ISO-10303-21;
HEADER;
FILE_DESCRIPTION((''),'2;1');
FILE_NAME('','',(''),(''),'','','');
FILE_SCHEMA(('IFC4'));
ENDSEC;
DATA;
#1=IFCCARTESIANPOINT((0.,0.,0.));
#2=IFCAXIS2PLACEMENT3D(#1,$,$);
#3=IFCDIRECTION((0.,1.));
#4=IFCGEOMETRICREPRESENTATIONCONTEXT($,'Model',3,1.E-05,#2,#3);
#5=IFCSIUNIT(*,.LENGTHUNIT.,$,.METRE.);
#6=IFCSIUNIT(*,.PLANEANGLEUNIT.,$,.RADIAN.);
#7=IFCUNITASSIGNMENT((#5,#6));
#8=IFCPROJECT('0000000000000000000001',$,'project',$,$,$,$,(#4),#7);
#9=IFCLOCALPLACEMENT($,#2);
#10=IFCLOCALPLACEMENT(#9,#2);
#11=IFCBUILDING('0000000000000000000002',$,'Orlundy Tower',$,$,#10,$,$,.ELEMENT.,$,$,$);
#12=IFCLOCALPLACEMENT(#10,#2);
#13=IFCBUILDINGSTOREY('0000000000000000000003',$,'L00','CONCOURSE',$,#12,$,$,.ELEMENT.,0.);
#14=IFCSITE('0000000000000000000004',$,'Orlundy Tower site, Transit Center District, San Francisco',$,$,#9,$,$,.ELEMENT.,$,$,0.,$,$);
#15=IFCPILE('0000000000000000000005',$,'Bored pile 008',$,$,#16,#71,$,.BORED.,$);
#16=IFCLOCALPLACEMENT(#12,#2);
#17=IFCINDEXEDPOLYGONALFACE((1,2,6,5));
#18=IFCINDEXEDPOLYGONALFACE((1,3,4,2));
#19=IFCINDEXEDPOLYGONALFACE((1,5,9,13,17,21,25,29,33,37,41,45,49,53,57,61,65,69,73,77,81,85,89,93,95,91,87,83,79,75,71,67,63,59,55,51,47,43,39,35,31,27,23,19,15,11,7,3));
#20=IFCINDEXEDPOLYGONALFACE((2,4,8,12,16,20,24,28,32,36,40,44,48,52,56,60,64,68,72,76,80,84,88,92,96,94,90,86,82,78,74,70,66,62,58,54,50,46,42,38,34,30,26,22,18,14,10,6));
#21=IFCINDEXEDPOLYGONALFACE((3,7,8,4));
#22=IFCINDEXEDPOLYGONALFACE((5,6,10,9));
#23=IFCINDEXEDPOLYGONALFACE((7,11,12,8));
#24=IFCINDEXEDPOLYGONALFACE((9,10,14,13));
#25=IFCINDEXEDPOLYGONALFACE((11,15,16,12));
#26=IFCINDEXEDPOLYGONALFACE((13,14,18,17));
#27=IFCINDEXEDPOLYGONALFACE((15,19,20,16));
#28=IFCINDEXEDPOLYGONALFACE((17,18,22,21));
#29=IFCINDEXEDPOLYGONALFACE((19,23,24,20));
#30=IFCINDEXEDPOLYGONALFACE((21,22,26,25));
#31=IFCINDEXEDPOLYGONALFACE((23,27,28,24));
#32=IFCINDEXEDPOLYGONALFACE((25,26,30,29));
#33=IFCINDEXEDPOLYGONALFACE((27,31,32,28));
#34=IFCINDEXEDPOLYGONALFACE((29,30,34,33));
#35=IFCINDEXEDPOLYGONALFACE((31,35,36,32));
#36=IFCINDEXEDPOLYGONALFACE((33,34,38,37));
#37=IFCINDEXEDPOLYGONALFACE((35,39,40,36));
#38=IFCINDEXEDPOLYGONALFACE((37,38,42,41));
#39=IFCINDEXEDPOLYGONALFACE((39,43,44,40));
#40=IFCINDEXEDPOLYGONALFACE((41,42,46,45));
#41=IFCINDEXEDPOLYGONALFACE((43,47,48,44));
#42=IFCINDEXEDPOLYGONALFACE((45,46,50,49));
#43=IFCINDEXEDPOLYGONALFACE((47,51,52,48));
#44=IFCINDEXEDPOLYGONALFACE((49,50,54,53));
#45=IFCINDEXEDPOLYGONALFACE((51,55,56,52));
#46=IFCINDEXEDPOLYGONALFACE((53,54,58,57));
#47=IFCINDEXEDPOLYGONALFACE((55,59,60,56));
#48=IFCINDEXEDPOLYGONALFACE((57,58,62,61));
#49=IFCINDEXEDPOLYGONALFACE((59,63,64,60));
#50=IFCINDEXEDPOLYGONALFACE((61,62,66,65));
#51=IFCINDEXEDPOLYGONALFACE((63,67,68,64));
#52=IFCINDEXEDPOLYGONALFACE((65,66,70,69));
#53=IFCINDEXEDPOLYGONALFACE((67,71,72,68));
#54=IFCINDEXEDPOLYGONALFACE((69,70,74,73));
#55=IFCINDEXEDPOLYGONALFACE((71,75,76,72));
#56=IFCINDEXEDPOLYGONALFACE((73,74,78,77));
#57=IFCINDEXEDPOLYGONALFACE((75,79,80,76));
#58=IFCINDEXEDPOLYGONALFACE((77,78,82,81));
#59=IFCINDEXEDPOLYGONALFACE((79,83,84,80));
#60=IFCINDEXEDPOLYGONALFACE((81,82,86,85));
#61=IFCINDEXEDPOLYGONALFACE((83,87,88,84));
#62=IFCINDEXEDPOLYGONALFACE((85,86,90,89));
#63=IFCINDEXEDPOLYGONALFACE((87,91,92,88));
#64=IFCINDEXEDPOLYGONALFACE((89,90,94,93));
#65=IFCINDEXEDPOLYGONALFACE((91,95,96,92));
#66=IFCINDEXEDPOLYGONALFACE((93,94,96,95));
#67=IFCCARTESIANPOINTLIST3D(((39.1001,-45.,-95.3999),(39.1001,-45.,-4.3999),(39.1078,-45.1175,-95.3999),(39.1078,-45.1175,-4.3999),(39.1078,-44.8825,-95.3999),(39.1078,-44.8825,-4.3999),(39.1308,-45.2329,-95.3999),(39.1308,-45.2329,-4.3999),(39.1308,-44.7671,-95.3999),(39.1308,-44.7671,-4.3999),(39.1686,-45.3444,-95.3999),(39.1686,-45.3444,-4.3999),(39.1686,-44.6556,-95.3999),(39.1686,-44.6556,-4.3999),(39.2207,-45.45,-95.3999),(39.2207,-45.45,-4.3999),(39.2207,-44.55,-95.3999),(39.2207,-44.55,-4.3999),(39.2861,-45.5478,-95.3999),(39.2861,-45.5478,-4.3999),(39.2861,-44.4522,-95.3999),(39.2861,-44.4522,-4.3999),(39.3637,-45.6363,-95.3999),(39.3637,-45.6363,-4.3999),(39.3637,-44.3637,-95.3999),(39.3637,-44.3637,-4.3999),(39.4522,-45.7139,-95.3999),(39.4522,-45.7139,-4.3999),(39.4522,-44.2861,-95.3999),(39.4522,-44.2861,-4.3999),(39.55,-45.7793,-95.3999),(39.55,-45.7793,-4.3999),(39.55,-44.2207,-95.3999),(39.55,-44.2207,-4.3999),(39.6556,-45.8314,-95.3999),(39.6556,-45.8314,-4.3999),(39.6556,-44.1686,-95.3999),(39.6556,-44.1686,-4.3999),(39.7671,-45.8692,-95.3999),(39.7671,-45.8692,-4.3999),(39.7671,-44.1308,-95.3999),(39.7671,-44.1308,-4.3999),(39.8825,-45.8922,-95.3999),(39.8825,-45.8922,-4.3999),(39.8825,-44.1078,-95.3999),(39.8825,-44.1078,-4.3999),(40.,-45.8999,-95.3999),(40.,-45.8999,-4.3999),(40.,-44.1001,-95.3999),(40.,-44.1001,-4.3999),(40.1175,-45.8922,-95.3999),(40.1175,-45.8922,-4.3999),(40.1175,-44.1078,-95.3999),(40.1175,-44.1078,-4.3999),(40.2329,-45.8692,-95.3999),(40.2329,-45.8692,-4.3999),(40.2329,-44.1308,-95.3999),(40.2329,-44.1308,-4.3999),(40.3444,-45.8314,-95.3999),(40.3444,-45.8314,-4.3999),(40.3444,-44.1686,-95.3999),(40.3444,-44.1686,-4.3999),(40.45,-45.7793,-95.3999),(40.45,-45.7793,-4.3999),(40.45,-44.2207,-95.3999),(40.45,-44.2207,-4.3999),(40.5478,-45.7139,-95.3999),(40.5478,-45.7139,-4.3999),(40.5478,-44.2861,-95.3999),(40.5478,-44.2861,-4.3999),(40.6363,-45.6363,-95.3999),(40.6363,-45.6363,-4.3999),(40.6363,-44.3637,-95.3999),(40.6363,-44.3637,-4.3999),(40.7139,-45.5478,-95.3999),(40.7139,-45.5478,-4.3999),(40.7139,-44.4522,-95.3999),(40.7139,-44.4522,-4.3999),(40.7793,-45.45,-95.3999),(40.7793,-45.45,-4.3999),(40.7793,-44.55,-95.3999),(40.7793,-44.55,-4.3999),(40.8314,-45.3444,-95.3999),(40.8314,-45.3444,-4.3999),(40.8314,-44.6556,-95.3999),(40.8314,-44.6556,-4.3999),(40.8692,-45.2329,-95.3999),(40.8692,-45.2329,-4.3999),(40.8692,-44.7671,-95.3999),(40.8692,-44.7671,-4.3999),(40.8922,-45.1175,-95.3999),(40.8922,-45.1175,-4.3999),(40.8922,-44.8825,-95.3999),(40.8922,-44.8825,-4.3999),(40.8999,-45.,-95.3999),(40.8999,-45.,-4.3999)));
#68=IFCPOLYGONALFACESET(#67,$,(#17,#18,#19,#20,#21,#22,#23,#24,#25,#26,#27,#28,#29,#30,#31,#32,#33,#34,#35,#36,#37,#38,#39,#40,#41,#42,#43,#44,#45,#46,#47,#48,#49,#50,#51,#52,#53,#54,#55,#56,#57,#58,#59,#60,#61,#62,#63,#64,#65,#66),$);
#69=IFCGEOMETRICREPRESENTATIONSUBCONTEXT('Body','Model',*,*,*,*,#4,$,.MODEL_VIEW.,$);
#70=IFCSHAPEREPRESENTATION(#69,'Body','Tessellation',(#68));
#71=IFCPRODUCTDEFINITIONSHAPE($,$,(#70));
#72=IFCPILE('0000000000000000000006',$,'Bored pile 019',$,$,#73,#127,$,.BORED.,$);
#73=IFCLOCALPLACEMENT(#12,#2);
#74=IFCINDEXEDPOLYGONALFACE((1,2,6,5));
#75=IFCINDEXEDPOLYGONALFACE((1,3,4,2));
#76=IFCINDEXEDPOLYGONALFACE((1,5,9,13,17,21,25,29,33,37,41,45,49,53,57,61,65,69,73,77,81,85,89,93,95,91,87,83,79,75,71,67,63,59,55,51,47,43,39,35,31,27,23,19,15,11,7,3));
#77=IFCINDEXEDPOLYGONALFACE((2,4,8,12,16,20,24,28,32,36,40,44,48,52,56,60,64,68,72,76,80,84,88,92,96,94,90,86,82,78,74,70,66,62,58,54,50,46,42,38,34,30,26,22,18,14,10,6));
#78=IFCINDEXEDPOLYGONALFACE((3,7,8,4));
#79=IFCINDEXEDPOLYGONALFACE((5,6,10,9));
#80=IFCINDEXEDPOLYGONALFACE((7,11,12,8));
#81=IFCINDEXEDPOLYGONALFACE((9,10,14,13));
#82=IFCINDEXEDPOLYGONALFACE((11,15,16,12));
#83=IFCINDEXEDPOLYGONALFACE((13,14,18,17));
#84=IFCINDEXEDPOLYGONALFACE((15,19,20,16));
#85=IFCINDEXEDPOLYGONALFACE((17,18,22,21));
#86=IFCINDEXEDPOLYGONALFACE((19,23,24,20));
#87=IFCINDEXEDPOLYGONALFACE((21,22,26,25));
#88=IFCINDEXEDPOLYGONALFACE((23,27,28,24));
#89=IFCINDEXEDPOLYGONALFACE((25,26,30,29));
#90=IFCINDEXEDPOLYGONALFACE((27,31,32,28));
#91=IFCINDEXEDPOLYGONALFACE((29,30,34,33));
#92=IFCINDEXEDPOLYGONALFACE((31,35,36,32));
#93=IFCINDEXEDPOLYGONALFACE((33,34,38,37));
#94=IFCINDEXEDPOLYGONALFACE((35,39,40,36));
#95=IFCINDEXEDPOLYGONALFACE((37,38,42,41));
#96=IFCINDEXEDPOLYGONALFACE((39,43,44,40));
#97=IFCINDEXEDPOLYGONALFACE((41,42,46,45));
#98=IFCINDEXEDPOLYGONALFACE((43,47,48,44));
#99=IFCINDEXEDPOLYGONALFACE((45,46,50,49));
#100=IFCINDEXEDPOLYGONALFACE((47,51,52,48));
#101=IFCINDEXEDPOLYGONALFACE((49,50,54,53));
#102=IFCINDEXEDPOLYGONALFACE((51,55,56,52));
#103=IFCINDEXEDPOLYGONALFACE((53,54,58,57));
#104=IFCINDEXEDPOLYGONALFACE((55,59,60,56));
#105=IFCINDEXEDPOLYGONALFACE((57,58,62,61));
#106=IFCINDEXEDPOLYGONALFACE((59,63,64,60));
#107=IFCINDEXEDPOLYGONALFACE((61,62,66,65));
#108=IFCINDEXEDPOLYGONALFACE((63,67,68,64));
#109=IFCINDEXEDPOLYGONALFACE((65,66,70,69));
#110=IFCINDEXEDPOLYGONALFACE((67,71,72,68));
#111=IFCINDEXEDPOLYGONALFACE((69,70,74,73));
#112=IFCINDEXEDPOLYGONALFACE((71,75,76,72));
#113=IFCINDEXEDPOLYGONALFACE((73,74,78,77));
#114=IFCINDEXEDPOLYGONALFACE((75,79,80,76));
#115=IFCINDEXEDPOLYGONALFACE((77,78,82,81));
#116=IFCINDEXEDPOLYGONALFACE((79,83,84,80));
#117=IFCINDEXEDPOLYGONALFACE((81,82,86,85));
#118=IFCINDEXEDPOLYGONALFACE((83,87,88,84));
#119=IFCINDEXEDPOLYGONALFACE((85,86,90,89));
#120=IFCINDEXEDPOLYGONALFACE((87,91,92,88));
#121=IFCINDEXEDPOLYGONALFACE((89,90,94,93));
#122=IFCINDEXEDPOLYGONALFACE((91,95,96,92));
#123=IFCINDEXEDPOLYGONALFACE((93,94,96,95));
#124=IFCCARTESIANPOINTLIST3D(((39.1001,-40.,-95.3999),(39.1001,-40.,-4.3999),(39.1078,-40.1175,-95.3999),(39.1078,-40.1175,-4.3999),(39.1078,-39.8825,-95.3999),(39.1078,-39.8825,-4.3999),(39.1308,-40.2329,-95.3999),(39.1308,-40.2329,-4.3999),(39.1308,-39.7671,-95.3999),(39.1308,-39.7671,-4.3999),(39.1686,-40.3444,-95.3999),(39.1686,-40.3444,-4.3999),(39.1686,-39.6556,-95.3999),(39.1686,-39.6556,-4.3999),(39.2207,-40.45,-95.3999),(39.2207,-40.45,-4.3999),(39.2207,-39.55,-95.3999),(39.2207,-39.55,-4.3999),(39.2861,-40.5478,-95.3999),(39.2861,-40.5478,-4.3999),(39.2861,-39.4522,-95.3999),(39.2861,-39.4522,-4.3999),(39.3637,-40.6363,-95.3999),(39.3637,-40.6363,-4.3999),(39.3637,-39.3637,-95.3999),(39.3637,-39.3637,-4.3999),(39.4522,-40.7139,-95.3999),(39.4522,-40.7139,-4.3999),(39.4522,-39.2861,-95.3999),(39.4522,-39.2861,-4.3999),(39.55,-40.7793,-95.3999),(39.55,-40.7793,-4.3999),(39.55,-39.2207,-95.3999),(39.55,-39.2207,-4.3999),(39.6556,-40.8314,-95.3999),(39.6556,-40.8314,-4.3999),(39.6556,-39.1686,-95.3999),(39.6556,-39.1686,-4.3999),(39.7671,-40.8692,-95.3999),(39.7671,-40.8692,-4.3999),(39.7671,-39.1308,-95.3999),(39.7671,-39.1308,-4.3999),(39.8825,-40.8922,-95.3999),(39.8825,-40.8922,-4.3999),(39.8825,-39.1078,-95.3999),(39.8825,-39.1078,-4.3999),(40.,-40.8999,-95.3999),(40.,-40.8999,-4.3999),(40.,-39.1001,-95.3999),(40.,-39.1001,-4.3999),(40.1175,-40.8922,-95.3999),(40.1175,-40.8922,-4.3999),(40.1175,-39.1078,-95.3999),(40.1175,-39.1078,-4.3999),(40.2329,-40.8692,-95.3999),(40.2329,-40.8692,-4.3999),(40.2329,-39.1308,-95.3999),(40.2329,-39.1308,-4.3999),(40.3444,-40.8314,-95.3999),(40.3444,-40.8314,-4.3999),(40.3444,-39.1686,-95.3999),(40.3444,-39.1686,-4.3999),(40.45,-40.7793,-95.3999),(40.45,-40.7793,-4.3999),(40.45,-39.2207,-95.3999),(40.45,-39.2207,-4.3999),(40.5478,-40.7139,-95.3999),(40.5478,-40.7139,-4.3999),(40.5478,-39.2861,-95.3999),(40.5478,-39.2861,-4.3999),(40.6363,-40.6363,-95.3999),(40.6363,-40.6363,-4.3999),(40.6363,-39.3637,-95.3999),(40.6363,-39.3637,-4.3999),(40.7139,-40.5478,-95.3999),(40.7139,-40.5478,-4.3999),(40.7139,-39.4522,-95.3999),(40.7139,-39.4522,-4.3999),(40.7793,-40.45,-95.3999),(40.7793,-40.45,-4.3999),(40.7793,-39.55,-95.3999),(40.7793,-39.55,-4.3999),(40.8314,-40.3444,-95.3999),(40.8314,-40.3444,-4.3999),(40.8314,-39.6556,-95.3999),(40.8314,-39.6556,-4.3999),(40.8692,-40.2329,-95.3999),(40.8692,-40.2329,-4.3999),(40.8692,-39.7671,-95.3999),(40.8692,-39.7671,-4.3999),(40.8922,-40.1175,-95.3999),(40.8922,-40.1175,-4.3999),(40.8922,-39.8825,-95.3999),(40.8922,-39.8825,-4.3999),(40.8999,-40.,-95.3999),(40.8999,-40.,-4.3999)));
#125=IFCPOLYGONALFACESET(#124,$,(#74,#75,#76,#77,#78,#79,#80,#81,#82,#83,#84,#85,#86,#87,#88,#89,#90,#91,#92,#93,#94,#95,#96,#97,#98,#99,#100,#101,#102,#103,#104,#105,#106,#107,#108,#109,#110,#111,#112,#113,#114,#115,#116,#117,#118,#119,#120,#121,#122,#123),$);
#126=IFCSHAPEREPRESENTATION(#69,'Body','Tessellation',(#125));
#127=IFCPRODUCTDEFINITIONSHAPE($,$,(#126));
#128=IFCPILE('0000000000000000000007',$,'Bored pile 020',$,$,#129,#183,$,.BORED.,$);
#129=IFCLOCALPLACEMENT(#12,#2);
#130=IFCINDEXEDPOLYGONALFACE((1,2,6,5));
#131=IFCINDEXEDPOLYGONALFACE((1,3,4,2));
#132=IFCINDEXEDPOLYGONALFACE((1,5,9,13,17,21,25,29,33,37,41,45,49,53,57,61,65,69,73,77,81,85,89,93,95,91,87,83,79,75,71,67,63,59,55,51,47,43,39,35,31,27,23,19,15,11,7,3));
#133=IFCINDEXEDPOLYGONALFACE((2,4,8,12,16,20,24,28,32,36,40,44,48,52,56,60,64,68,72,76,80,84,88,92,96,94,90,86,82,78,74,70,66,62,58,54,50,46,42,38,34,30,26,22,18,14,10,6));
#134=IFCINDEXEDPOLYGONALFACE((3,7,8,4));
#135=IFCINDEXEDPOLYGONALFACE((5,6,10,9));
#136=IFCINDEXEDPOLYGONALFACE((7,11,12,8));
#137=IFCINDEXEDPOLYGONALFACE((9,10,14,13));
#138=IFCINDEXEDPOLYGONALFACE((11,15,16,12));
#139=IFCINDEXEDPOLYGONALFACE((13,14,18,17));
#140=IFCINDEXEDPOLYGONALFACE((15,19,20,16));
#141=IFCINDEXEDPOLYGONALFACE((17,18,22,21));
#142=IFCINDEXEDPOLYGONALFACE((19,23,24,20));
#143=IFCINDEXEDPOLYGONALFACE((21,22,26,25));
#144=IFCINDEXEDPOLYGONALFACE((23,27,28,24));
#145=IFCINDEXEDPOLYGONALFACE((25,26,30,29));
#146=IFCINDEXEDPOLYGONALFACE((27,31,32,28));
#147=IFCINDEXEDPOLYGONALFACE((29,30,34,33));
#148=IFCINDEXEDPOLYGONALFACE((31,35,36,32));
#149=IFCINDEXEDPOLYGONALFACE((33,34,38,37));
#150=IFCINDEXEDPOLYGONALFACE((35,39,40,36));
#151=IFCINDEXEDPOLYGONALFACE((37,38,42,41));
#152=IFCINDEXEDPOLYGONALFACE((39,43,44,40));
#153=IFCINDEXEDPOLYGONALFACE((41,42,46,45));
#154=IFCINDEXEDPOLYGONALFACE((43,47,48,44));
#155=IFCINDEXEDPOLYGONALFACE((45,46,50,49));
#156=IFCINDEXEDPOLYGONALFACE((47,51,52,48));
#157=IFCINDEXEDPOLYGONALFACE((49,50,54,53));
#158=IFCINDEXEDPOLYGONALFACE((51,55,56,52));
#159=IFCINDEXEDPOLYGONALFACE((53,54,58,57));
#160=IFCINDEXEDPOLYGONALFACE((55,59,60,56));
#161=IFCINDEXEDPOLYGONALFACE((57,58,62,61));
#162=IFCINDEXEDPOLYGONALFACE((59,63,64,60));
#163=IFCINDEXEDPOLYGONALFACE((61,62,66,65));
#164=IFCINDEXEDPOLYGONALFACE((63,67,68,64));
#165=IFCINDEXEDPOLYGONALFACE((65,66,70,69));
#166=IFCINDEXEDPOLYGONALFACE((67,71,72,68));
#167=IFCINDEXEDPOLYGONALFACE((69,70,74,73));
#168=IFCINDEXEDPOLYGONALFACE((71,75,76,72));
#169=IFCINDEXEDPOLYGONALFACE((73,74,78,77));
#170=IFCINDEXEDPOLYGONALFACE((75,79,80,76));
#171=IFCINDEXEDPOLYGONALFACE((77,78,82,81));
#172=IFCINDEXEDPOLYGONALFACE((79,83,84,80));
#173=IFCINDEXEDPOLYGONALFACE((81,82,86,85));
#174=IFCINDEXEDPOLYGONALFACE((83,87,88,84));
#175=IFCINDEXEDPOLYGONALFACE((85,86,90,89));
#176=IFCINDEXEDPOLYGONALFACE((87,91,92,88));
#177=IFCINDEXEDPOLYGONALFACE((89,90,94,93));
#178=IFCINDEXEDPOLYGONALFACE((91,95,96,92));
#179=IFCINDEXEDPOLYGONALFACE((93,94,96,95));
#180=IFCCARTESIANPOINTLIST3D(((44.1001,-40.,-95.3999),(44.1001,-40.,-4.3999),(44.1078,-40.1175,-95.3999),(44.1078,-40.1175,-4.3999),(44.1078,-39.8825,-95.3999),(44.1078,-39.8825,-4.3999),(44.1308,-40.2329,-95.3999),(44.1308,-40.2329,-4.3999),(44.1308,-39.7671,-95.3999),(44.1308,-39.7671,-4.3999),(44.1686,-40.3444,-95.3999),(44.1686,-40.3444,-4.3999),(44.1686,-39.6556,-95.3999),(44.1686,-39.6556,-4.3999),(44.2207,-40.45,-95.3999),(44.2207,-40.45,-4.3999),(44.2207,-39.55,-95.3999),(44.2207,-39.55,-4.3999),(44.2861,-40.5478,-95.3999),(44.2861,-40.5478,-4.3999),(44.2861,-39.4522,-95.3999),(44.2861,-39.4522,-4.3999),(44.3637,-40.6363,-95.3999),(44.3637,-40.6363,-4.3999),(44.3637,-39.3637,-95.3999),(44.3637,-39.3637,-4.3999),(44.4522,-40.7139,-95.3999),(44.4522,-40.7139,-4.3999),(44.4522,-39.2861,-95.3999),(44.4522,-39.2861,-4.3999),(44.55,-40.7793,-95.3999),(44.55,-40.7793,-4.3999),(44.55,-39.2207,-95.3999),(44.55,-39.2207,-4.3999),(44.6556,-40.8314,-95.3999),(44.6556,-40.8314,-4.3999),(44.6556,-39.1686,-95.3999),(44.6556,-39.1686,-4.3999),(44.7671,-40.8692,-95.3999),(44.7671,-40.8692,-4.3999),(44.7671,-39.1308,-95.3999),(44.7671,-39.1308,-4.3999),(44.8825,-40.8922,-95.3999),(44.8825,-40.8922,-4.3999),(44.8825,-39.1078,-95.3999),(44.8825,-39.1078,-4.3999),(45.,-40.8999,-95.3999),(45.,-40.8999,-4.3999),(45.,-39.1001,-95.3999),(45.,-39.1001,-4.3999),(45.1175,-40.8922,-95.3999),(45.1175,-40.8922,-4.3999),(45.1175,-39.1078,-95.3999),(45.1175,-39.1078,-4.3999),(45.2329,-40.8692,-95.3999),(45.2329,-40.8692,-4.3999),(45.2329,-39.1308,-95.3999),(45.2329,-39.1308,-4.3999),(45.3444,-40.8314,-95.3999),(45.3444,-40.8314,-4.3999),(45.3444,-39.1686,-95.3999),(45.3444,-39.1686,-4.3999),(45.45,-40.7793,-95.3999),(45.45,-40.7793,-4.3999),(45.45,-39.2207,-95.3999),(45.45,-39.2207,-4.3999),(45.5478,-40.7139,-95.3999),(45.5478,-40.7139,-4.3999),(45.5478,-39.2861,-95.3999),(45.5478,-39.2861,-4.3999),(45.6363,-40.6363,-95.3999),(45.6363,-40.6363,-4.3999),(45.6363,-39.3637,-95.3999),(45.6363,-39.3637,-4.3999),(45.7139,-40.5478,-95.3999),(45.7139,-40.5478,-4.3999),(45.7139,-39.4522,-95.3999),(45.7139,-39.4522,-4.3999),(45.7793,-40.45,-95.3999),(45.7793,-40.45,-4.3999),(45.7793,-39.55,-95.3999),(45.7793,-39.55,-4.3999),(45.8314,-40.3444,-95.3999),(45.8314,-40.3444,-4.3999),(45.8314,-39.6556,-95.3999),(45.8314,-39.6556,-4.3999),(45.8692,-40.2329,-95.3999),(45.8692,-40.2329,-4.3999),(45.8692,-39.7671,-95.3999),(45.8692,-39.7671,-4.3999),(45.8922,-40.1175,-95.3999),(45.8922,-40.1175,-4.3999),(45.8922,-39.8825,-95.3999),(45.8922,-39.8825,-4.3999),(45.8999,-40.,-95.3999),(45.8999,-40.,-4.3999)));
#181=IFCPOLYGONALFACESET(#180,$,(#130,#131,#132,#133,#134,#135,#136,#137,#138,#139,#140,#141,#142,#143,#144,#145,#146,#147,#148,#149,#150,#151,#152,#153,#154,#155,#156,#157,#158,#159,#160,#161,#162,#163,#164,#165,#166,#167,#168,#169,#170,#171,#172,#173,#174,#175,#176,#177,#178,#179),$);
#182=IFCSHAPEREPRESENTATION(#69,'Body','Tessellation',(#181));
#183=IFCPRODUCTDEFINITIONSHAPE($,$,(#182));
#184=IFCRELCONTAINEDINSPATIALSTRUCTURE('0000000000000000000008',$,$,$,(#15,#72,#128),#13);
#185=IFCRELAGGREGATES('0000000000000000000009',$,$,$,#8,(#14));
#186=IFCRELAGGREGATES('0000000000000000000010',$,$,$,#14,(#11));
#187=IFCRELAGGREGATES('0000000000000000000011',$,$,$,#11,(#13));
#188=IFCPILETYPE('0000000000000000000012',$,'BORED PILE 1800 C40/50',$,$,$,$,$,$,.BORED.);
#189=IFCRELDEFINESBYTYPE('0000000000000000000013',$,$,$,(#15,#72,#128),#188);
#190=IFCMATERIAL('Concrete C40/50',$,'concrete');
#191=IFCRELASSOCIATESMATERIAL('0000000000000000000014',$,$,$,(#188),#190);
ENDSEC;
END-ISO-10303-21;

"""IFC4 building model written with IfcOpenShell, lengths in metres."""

from ifc_helpers import new_model, si_unit, direction, frame, origin, origin_2d, place, context, subcontext, project, spatial, circle, extrude, material, material_profile, profile_set, type_object, element, save


model = new_model("IFC4")

# Units and contexts
model_context = context("Model", 3, precision=1e-05, world=origin(), true_north=direction((0.0, 1.0)))
body_context = subcontext(model_context, "Body", "Model", "MODEL_VIEW")
ifc_project = project(units=[si_unit("LENGTHUNIT", "METRE"), si_unit("PLANEANGLEUNIT", "RADIAN")], contexts=[model_context])

# Site, building, storey
site_placement = place(None, origin())
site = spatial("IfcSite", under=ifc_project, at=site_placement, Name="Orlundy Tower site, Transit Center District, San Francisco", CompositionType="ELEMENT", RefElevation=0.0)
building_placement = place(site_placement, origin())
building = spatial("IfcBuilding", under=site, at=building_placement, Name="Orlundy Tower", CompositionType="ELEMENT")
storey_placement = place(building_placement, origin())
storey = spatial("IfcBuildingStorey", under=building, at=storey_placement, Name="L00", Description="CONCOURSE", CompositionType="ELEMENT", Elevation=0.0)

# Piles
ifc_material_1 = material(Name="Concrete C40/50", Category="concrete")
ifc_material_profile_1 = material_profile(ifc_material_1, circle(Radius=0.8999, at=origin_2d()), Name="BP1800")
ifc_profile_set_1 = profile_set([ifc_material_profile_1], Name="Concrete C40/50")
pile_type = type_object("IfcPileType", Name="BORED PILE 1800 C40/50", PredefinedType="BORED", material=ifc_profile_set_1)
for number, where, z_axis, x_axis, name in (
    (1, (40.0, -45.0, -4.3999), (0.0, 0.0, -1.0), (1.0, 0.0, 0.0), "Bored pile 008"),
    (2, (40.0, -40.0, -4.3999), (0.0, 0.0, -1.0), (1.0, 0.0, 0.0), "Bored pile 019"),
    (3, (45.0, -40.0, -4.3999), (0.0, 0.0, -1.0), (1.0, 0.0, 0.0), "Bored pile 020"),
):
    element("IfcPile", number, at=place(storey_placement, frame(where, z_axis=z_axis, x_axis=x_axis)), inside=storey, type_object=pile_type, Name=name, PredefinedType="BORED", context=body_context, shape_type="SweptSolid", body=[
        extrude(circle(Radius=0.8999, at=origin_2d()), origin(), (0.0, 0.0, 1.0), 91.0),
    ])

save(model, "model.ifc")
